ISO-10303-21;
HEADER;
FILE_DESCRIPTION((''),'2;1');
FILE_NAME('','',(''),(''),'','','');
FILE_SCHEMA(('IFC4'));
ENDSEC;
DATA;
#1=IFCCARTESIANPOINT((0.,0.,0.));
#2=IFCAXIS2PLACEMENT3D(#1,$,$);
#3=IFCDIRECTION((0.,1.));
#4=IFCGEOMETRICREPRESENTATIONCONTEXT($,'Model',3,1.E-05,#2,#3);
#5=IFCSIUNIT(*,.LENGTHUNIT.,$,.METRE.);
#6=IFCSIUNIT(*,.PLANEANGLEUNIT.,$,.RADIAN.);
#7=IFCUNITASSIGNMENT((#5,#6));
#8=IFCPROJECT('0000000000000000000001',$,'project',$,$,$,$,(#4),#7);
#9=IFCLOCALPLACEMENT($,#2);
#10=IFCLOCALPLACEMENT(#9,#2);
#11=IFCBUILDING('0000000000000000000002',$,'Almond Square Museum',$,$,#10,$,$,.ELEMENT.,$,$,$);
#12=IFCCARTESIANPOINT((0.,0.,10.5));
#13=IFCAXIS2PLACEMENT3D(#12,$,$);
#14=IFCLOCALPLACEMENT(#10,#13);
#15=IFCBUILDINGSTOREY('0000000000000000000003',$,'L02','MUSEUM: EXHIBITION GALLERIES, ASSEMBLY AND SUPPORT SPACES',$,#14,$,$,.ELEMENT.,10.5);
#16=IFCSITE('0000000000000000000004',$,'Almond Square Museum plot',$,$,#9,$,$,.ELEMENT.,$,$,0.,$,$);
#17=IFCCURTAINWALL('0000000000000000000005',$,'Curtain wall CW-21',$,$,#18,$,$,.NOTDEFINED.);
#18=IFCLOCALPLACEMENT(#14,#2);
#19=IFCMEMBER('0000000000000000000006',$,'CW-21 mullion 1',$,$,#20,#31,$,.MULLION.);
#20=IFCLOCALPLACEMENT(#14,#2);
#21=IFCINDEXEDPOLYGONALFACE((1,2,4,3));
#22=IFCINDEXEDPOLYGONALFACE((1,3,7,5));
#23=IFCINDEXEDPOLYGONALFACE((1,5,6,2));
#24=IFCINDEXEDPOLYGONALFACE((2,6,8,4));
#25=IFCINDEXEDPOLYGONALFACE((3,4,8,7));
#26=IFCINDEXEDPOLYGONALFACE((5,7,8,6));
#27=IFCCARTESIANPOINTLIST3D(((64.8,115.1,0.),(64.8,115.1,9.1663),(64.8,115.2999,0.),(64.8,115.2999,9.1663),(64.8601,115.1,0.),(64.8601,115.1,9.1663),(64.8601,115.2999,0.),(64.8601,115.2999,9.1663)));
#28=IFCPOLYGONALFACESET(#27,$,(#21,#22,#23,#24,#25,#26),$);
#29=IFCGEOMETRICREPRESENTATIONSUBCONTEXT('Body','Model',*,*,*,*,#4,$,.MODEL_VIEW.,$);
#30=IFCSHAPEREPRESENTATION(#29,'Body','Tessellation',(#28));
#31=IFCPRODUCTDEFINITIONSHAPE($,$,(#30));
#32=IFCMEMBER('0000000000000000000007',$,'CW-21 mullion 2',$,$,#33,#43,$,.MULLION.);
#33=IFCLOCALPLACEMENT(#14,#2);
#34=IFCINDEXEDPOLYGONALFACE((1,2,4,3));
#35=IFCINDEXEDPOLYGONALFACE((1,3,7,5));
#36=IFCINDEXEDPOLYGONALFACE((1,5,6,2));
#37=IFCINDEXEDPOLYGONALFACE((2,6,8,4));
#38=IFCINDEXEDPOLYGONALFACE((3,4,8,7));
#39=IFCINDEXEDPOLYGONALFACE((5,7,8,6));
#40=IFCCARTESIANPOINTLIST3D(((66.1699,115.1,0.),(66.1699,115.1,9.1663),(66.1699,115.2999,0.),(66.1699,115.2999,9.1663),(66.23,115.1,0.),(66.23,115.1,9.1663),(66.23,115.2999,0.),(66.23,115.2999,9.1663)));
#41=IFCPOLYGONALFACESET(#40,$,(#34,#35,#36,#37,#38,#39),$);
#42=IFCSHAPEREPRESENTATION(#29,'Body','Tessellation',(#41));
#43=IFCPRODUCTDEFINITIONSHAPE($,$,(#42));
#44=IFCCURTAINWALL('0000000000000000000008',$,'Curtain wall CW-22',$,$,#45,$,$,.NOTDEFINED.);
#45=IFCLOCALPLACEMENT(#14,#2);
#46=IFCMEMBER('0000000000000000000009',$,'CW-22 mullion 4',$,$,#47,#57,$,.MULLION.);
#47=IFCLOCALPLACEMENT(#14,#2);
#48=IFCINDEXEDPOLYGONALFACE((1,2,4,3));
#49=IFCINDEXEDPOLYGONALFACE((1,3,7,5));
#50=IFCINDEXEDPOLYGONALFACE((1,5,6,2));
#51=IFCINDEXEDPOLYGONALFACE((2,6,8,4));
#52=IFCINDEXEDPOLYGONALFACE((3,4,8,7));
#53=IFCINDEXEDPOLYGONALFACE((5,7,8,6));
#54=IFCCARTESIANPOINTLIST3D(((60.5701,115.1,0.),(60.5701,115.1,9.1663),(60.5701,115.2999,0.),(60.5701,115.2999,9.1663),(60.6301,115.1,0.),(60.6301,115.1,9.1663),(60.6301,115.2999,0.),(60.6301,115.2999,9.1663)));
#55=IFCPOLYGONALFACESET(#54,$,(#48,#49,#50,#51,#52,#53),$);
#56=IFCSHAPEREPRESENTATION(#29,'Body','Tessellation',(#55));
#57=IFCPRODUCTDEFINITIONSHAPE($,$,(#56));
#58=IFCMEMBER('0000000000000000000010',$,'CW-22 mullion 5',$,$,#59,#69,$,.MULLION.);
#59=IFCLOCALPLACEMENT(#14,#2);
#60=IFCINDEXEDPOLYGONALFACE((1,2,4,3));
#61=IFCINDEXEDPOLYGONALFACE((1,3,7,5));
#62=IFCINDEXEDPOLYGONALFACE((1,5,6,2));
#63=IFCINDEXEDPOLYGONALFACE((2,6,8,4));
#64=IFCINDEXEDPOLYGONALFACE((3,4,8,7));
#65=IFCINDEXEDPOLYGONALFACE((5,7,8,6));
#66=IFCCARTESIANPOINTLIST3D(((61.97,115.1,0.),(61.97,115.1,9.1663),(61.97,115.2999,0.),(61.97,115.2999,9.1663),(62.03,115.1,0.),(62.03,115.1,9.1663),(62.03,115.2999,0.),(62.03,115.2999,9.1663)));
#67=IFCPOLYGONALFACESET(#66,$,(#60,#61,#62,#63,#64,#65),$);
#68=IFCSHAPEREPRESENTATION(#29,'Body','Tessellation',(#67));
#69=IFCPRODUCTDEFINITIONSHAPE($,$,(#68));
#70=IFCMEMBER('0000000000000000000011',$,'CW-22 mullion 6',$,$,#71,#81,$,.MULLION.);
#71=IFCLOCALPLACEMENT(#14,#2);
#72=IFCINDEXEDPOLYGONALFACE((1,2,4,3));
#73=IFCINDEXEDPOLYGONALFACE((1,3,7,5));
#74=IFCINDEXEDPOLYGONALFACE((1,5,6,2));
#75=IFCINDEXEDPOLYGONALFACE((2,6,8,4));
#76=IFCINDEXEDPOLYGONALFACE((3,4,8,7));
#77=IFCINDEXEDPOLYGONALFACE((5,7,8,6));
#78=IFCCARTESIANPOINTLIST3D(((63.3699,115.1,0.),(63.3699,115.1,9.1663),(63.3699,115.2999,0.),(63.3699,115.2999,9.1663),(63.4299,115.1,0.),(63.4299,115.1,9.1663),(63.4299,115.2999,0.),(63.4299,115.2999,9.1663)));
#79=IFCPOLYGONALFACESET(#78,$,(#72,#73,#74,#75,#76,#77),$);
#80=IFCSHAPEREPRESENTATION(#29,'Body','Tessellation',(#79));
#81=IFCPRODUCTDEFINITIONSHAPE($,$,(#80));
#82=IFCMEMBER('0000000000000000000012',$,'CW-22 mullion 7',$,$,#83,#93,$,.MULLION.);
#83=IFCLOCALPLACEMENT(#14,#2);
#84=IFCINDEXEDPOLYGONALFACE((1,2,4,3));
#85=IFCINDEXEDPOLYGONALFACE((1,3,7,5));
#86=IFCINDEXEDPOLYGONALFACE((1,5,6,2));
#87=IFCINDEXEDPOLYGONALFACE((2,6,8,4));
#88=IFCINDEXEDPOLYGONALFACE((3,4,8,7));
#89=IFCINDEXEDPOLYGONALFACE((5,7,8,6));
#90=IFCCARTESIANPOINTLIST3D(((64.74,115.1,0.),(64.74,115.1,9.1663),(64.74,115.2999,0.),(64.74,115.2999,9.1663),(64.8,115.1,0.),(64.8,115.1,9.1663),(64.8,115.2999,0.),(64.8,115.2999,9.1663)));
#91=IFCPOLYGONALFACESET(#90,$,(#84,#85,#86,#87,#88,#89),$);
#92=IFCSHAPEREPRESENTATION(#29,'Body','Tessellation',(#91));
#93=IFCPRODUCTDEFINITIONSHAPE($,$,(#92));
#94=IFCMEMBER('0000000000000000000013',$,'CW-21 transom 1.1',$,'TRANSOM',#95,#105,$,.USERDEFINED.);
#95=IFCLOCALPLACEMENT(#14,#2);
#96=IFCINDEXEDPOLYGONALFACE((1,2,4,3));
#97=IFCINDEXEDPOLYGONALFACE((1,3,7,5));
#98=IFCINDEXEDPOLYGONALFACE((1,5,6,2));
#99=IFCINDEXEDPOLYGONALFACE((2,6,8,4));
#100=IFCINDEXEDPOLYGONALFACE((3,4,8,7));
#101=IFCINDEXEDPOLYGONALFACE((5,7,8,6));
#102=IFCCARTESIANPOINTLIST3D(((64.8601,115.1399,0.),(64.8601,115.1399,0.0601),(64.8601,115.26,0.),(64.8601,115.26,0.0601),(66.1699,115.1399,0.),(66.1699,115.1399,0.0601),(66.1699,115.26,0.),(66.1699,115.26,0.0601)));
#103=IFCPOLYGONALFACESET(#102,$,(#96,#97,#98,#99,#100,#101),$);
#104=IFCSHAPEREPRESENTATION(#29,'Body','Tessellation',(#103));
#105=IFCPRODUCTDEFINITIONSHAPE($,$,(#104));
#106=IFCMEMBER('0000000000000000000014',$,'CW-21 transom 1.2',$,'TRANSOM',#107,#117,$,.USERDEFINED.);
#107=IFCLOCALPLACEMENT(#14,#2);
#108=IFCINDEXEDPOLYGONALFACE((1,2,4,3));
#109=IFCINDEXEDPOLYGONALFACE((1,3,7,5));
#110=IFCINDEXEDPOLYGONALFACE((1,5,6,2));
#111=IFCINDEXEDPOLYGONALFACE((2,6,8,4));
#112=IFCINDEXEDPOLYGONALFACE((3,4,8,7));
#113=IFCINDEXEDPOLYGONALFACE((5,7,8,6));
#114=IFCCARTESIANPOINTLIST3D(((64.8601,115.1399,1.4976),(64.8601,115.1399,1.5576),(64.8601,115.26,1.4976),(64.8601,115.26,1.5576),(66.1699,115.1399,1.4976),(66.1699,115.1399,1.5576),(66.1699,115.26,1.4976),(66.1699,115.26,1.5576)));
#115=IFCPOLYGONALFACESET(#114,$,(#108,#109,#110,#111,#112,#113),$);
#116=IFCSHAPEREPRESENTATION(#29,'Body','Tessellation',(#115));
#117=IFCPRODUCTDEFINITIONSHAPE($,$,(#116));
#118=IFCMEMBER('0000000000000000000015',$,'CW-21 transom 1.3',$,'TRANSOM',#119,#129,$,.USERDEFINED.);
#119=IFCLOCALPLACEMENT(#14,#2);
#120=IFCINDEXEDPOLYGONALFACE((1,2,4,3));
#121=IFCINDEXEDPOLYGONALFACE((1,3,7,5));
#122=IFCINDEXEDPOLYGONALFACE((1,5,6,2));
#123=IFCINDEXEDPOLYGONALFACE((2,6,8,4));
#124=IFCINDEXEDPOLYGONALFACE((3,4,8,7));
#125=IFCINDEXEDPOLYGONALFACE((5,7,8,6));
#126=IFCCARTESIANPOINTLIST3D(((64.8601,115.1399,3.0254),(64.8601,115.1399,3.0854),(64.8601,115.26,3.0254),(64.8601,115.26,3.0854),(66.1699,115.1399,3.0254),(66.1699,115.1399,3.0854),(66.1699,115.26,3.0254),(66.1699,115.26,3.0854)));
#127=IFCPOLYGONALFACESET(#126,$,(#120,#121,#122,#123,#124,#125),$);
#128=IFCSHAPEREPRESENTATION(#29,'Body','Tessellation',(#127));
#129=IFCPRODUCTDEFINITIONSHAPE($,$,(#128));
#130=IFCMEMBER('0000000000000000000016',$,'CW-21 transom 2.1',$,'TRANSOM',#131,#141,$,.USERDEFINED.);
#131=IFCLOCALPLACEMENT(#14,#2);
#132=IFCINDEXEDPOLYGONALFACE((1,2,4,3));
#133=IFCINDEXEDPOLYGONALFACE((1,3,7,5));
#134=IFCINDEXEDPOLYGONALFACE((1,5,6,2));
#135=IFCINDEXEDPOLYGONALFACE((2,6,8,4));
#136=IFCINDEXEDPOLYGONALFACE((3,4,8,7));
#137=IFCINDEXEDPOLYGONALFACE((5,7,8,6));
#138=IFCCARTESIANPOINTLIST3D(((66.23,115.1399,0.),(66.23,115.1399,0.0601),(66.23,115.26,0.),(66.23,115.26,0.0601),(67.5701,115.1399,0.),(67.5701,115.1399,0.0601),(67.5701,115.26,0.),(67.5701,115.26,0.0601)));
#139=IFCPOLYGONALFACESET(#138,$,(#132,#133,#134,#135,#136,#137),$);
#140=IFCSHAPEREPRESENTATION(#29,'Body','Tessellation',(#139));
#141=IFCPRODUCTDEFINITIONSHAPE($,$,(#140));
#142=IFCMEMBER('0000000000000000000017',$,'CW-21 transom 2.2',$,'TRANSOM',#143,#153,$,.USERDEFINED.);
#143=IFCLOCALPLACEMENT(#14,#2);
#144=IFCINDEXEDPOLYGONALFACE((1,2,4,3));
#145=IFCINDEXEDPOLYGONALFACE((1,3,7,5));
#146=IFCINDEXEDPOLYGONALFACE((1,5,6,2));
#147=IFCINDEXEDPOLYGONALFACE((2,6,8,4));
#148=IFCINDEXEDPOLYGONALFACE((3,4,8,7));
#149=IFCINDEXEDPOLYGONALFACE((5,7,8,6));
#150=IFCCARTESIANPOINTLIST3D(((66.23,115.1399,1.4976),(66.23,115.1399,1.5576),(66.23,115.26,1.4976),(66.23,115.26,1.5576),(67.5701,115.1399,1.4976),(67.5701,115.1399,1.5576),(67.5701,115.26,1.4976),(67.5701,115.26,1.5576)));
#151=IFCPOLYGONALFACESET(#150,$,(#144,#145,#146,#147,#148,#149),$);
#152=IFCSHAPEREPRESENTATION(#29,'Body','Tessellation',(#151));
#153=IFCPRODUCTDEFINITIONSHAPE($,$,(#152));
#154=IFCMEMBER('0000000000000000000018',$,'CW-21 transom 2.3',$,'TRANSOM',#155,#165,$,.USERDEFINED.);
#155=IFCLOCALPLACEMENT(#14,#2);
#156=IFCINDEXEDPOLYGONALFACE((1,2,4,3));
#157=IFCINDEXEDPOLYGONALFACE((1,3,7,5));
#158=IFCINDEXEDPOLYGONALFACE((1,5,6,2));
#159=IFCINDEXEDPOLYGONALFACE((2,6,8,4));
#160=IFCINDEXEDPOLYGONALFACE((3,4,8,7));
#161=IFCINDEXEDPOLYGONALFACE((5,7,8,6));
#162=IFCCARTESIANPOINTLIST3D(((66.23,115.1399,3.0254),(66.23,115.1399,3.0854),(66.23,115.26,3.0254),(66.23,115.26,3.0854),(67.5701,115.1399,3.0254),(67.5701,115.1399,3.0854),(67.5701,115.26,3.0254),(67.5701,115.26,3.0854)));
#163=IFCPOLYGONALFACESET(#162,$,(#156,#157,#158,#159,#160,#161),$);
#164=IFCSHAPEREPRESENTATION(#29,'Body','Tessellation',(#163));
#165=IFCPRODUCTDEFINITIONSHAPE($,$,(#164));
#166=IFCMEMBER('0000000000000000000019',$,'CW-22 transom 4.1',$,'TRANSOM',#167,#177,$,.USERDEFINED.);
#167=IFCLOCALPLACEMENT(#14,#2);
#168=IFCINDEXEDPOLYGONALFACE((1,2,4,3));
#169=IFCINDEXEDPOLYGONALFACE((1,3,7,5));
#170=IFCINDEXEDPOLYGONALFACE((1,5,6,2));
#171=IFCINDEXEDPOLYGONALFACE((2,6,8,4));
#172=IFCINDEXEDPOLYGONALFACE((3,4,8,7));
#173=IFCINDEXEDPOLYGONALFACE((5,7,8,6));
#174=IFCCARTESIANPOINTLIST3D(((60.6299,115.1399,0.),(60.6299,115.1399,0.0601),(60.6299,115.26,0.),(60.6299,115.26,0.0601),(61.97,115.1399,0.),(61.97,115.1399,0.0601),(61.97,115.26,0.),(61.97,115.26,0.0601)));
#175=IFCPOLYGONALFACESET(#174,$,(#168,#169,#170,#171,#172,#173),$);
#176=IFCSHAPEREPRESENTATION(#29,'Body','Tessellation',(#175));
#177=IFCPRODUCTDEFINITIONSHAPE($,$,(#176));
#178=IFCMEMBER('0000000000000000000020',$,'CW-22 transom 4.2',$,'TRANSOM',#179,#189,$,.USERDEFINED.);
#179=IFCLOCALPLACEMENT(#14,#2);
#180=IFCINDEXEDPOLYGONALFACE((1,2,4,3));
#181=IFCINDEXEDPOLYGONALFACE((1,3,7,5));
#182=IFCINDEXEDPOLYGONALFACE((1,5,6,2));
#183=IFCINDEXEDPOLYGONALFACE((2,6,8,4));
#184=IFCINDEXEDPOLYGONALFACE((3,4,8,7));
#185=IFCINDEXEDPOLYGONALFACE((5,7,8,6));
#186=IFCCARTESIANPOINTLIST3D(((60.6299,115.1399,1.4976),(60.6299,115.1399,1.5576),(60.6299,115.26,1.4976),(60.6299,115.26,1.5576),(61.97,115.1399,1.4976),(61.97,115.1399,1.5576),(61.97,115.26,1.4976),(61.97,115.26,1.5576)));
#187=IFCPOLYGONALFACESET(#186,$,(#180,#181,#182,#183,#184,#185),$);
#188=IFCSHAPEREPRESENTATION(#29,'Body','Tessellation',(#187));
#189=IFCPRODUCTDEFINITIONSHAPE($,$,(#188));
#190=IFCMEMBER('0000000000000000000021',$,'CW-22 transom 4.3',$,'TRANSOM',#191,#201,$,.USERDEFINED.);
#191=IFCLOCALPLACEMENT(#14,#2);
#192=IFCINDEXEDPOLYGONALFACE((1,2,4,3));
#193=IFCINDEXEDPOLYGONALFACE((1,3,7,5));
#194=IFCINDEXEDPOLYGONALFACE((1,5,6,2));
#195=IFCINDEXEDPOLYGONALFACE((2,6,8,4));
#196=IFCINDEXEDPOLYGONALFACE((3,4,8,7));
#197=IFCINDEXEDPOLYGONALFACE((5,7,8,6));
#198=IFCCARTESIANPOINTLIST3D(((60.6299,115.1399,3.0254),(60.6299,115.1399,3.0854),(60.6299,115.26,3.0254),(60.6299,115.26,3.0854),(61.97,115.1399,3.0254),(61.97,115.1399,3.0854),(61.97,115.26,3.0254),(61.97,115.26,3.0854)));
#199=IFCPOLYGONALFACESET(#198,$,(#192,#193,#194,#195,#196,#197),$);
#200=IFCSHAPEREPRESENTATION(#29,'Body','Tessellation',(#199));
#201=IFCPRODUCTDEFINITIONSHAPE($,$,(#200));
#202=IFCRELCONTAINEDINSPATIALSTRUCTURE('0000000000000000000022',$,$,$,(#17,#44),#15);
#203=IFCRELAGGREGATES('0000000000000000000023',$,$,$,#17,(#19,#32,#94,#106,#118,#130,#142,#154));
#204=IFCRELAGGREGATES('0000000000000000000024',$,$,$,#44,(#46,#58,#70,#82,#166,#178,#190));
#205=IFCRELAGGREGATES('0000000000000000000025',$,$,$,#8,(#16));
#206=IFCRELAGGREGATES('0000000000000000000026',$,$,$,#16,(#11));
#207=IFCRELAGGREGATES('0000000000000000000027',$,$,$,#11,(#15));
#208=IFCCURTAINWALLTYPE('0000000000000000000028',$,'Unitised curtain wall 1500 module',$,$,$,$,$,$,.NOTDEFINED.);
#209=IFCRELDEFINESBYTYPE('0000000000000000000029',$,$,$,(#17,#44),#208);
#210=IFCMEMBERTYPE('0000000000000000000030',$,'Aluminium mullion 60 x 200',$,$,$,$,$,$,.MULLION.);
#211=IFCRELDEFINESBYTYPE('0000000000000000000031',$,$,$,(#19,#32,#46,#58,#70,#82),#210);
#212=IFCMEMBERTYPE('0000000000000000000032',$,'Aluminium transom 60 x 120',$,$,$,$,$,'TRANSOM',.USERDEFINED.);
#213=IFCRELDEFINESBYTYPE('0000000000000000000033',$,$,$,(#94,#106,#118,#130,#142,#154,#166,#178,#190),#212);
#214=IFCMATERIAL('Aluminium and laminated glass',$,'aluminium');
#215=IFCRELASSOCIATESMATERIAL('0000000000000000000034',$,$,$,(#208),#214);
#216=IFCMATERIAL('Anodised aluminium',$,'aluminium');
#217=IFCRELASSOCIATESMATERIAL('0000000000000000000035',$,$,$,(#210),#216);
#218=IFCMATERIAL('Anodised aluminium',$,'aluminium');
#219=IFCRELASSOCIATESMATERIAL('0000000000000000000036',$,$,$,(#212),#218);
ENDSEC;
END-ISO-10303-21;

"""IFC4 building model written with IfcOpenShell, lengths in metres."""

from ifc_helpers import new_model, si_unit, direction, frame, origin, origin_2d, place, context, subcontext, project, spatial, rectangle, extrude, material, material_profile, profile_set, type_object, element, aggregate, save


model = new_model("IFC4")

# Units and contexts
model_context = context("Model", 3, precision=1e-05, world=origin(), true_north=direction((0.0, 1.0)))
body_context = subcontext(model_context, "Body", "Model", "MODEL_VIEW")
ifc_project = project(units=[si_unit("LENGTHUNIT", "METRE"), si_unit("PLANEANGLEUNIT", "RADIAN")], contexts=[model_context])

# Site, building, storey
site_placement = place(None, origin())
site = spatial("IfcSite", under=ifc_project, at=site_placement, Name="Almond Square Museum plot", CompositionType="ELEMENT", RefElevation=0.0)
building_placement = place(site_placement, origin())
building = spatial("IfcBuilding", under=site, at=building_placement, Name="Almond Square Museum", CompositionType="ELEMENT")
storey_placement = place(building_placement, frame((0.0, 0.0, 10.5)))
storey = spatial("IfcBuildingStorey", under=building, at=storey_placement, Name="L02", Description="MUSEUM: EXHIBITION GALLERIES, ASSEMBLY AND SUPPORT SPACES", CompositionType="ELEMENT", Elevation=10.5)

# Curtain walls, members
ifc_material_1 = material(Name="Aluminium and laminated glass", Category="aluminium")
curtain_wall_type = type_object("IfcCurtainWallType", Name="Unitised curtain wall 1500 module", PredefinedType="NOTDEFINED", material=ifc_material_1)
curtain_wall_1_placement = place(storey_placement, origin())
curtain_wall_1 = element("IfcCurtainWall", 1, at=curtain_wall_1_placement, inside=storey, type_object=curtain_wall_type, Name="Curtain wall CW-21", PredefinedType="NOTDEFINED")
ifc_material_2 = material(Name="Anodised aluminium", Category="aluminium")
ifc_material_profile_1 = material_profile(ifc_material_2, rectangle(XDim=0.2, YDim=0.0601, at=origin_2d()))
ifc_profile_set_1 = profile_set([ifc_material_profile_1], Name="Anodised aluminium")
member_type_1 = type_object("IfcMemberType", Name="Aluminium mullion 60 x 200", PredefinedType="MULLION", material=ifc_profile_set_1)
member_1_placement = place(storey_placement, frame((64.8301, 115.2, 0.0), z_axis=(0.0, 0.0, 1.0), x_axis=(0.0, 1.0, 0.0)))
member_1 = element("IfcMember", 2, at=member_1_placement, type_object=member_type_1, Name="CW-21 mullion 1", PredefinedType="MULLION", context=body_context, shape_type="SweptSolid", body=[
    extrude(rectangle(XDim=0.2, YDim=0.0601, at=origin_2d()), origin(), (0.0, 0.0, 1.0), 9.1663),
])
member_2_placement = place(storey_placement, frame((66.2, 115.2, 0.0), z_axis=(0.0, 0.0, 1.0), x_axis=(0.0, 1.0, 0.0)))
member_2 = element("IfcMember", 3, at=member_2_placement, type_object=member_type_1, Name="CW-21 mullion 2", PredefinedType="MULLION", context=body_context, shape_type="SweptSolid", body=[
    extrude(rectangle(XDim=0.2, YDim=0.0601, at=origin_2d()), origin(), (0.0, 0.0, 1.0), 9.1663),
])
curtain_wall_2_placement = place(storey_placement, origin())
curtain_wall_2 = element("IfcCurtainWall", 4, at=curtain_wall_2_placement, inside=storey, type_object=curtain_wall_type, Name="Curtain wall CW-22", PredefinedType="NOTDEFINED")
member_3_placement = place(storey_placement, frame((60.6001, 115.2, 0.0), z_axis=(0.0, 0.0, 1.0), x_axis=(0.0, 1.0, 0.0)))
member_3 = element("IfcMember", 5, at=member_3_placement, type_object=member_type_1, Name="CW-22 mullion 4", PredefinedType="MULLION", context=body_context, shape_type="SweptSolid", body=[
    extrude(rectangle(XDim=0.2, YDim=0.0601, at=origin_2d()), origin(), (0.0, 0.0, 1.0), 9.1663),
])
member_4_placement = place(storey_placement, frame((62.0, 115.2, 0.0), z_axis=(0.0, 0.0, 1.0), x_axis=(0.0, 1.0, 0.0)))
member_4 = element("IfcMember", 6, at=member_4_placement, type_object=member_type_1, Name="CW-22 mullion 5", PredefinedType="MULLION", context=body_context, shape_type="SweptSolid", body=[
    extrude(rectangle(XDim=0.2, YDim=0.0601, at=origin_2d()), origin(), (0.0, 0.0, 1.0), 9.1663),
])
member_5_placement = place(storey_placement, frame((63.3999, 115.2, 0.0), z_axis=(0.0, 0.0, 1.0), x_axis=(0.0, 1.0, 0.0)))
member_5 = element("IfcMember", 7, at=member_5_placement, type_object=member_type_1, Name="CW-22 mullion 6", PredefinedType="MULLION", context=body_context, shape_type="SweptSolid", body=[
    extrude(rectangle(XDim=0.2, YDim=0.0601, at=origin_2d()), origin(), (0.0, 0.0, 1.0), 9.1663),
])
member_6_placement = place(storey_placement, frame((64.77, 115.2, 0.0), z_axis=(0.0, 0.0, 1.0), x_axis=(0.0, 1.0, 0.0)))
member_6 = element("IfcMember", 8, at=member_6_placement, type_object=member_type_1, Name="CW-22 mullion 7", PredefinedType="MULLION", context=body_context, shape_type="SweptSolid", body=[
    extrude(rectangle(XDim=0.2, YDim=0.0601, at=origin_2d()), origin(), (0.0, 0.0, 1.0), 9.1663),
])

# Members
ifc_material_3 = material(Name="Anodised aluminium", Category="aluminium")
ifc_material_profile_2 = material_profile(ifc_material_3, rectangle(XDim=0.1201, YDim=0.0601, at=origin_2d()))
ifc_profile_set_2 = profile_set([ifc_material_profile_2], Name="Anodised aluminium")
member_type_2 = type_object("IfcMemberType", Name="Aluminium transom 60 x 120", ElementType="TRANSOM", PredefinedType="USERDEFINED", material=ifc_profile_set_2)
member_7_placement = place(storey_placement, frame((64.8601, 115.2, 0.03), z_axis=(1.0, 0.0, 0.0), x_axis=(0.0, 1.0, 0.0)))
member_7 = element("IfcMember", 9, at=member_7_placement, type_object=member_type_2, Name="CW-21 transom 1.1", ObjectType="TRANSOM", PredefinedType="USERDEFINED", context=body_context, shape_type="SweptSolid", body=[
    extrude(rectangle(XDim=0.1201, YDim=0.0601, at=origin_2d()), origin(), (0.0, 0.0, 1.0), 1.3098),
])
member_8_placement = place(storey_placement, frame((64.8601, 115.2, 1.5276), z_axis=(1.0, 0.0, 0.0), x_axis=(0.0, 1.0, 0.0)))
member_8 = element("IfcMember", 10, at=member_8_placement, type_object=member_type_2, Name="CW-21 transom 1.2", ObjectType="TRANSOM", PredefinedType="USERDEFINED", context=body_context, shape_type="SweptSolid", body=[
    extrude(rectangle(XDim=0.1201, YDim=0.0601, at=origin_2d()), origin(), (0.0, 0.0, 1.0), 1.3098),
])
member_9_placement = place(storey_placement, frame((64.8601, 115.2, 3.0554), z_axis=(1.0, 0.0, 0.0), x_axis=(0.0, 1.0, 0.0)))
member_9 = element("IfcMember", 11, at=member_9_placement, type_object=member_type_2, Name="CW-21 transom 1.3", ObjectType="TRANSOM", PredefinedType="USERDEFINED", context=body_context, shape_type="SweptSolid", body=[
    extrude(rectangle(XDim=0.1201, YDim=0.0601, at=origin_2d()), origin(), (0.0, 0.0, 1.0), 1.3098),
])
member_10_placement = place(storey_placement, frame((66.23, 115.2, 0.03), z_axis=(1.0, 0.0, 0.0), x_axis=(0.0, 1.0, 0.0)))
member_10 = element("IfcMember", 12, at=member_10_placement, type_object=member_type_2, Name="CW-21 transom 2.1", ObjectType="TRANSOM", PredefinedType="USERDEFINED", context=body_context, shape_type="SweptSolid", body=[
    extrude(rectangle(XDim=0.1201, YDim=0.0601, at=origin_2d()), origin(), (0.0, 0.0, 1.0), 1.3401),
])
member_11_placement = place(storey_placement, frame((66.23, 115.2, 1.5276), z_axis=(1.0, 0.0, 0.0), x_axis=(0.0, 1.0, 0.0)))
member_11 = element("IfcMember", 13, at=member_11_placement, type_object=member_type_2, Name="CW-21 transom 2.2", ObjectType="TRANSOM", PredefinedType="USERDEFINED", context=body_context, shape_type="SweptSolid", body=[
    extrude(rectangle(XDim=0.1201, YDim=0.0601, at=origin_2d()), origin(), (0.0, 0.0, 1.0), 1.3401),
])
member_12_placement = place(storey_placement, frame((66.23, 115.2, 3.0554), z_axis=(1.0, 0.0, 0.0), x_axis=(0.0, 1.0, 0.0)))
member_12 = element("IfcMember", 14, at=member_12_placement, type_object=member_type_2, Name="CW-21 transom 2.3", ObjectType="TRANSOM", PredefinedType="USERDEFINED", context=body_context, shape_type="SweptSolid", body=[
    extrude(rectangle(XDim=0.1201, YDim=0.0601, at=origin_2d()), origin(), (0.0, 0.0, 1.0), 1.3401),
])
member_13_placement = place(storey_placement, frame((60.6299, 115.2, 0.03), z_axis=(1.0, 0.0, 0.0), x_axis=(0.0, 1.0, 0.0)))
member_13 = element("IfcMember", 15, at=member_13_placement, type_object=member_type_2, Name="CW-22 transom 4.1", ObjectType="TRANSOM", PredefinedType="USERDEFINED", context=body_context, shape_type="SweptSolid", body=[
    extrude(rectangle(XDim=0.1201, YDim=0.0601, at=origin_2d()), origin(), (0.0, 0.0, 1.0), 1.3401),
])
member_14_placement = place(storey_placement, frame((60.6299, 115.2, 1.5276), z_axis=(1.0, 0.0, 0.0), x_axis=(0.0, 1.0, 0.0)))
member_14 = element("IfcMember", 16, at=member_14_placement, type_object=member_type_2, Name="CW-22 transom 4.2", ObjectType="TRANSOM", PredefinedType="USERDEFINED", context=body_context, shape_type="SweptSolid", body=[
    extrude(rectangle(XDim=0.1201, YDim=0.0601, at=origin_2d()), origin(), (0.0, 0.0, 1.0), 1.3401),
])
member_15_placement = place(storey_placement, frame((60.6299, 115.2, 3.0554), z_axis=(1.0, 0.0, 0.0), x_axis=(0.0, 1.0, 0.0)))
member_15 = element("IfcMember", 17, at=member_15_placement, type_object=member_type_2, Name="CW-22 transom 4.3", ObjectType="TRANSOM", PredefinedType="USERDEFINED", context=body_context, shape_type="SweptSolid", body=[
    extrude(rectangle(XDim=0.1201, YDim=0.0601, at=origin_2d()), origin(), (0.0, 0.0, 1.0), 1.3401),
])

aggregate(curtain_wall_1, [member_1, member_2, member_7, member_8, member_9, member_10, member_11, member_12])
aggregate(curtain_wall_2, [member_3, member_4, member_5, member_6, member_13, member_14, member_15])

save(model, "model.ifc")
